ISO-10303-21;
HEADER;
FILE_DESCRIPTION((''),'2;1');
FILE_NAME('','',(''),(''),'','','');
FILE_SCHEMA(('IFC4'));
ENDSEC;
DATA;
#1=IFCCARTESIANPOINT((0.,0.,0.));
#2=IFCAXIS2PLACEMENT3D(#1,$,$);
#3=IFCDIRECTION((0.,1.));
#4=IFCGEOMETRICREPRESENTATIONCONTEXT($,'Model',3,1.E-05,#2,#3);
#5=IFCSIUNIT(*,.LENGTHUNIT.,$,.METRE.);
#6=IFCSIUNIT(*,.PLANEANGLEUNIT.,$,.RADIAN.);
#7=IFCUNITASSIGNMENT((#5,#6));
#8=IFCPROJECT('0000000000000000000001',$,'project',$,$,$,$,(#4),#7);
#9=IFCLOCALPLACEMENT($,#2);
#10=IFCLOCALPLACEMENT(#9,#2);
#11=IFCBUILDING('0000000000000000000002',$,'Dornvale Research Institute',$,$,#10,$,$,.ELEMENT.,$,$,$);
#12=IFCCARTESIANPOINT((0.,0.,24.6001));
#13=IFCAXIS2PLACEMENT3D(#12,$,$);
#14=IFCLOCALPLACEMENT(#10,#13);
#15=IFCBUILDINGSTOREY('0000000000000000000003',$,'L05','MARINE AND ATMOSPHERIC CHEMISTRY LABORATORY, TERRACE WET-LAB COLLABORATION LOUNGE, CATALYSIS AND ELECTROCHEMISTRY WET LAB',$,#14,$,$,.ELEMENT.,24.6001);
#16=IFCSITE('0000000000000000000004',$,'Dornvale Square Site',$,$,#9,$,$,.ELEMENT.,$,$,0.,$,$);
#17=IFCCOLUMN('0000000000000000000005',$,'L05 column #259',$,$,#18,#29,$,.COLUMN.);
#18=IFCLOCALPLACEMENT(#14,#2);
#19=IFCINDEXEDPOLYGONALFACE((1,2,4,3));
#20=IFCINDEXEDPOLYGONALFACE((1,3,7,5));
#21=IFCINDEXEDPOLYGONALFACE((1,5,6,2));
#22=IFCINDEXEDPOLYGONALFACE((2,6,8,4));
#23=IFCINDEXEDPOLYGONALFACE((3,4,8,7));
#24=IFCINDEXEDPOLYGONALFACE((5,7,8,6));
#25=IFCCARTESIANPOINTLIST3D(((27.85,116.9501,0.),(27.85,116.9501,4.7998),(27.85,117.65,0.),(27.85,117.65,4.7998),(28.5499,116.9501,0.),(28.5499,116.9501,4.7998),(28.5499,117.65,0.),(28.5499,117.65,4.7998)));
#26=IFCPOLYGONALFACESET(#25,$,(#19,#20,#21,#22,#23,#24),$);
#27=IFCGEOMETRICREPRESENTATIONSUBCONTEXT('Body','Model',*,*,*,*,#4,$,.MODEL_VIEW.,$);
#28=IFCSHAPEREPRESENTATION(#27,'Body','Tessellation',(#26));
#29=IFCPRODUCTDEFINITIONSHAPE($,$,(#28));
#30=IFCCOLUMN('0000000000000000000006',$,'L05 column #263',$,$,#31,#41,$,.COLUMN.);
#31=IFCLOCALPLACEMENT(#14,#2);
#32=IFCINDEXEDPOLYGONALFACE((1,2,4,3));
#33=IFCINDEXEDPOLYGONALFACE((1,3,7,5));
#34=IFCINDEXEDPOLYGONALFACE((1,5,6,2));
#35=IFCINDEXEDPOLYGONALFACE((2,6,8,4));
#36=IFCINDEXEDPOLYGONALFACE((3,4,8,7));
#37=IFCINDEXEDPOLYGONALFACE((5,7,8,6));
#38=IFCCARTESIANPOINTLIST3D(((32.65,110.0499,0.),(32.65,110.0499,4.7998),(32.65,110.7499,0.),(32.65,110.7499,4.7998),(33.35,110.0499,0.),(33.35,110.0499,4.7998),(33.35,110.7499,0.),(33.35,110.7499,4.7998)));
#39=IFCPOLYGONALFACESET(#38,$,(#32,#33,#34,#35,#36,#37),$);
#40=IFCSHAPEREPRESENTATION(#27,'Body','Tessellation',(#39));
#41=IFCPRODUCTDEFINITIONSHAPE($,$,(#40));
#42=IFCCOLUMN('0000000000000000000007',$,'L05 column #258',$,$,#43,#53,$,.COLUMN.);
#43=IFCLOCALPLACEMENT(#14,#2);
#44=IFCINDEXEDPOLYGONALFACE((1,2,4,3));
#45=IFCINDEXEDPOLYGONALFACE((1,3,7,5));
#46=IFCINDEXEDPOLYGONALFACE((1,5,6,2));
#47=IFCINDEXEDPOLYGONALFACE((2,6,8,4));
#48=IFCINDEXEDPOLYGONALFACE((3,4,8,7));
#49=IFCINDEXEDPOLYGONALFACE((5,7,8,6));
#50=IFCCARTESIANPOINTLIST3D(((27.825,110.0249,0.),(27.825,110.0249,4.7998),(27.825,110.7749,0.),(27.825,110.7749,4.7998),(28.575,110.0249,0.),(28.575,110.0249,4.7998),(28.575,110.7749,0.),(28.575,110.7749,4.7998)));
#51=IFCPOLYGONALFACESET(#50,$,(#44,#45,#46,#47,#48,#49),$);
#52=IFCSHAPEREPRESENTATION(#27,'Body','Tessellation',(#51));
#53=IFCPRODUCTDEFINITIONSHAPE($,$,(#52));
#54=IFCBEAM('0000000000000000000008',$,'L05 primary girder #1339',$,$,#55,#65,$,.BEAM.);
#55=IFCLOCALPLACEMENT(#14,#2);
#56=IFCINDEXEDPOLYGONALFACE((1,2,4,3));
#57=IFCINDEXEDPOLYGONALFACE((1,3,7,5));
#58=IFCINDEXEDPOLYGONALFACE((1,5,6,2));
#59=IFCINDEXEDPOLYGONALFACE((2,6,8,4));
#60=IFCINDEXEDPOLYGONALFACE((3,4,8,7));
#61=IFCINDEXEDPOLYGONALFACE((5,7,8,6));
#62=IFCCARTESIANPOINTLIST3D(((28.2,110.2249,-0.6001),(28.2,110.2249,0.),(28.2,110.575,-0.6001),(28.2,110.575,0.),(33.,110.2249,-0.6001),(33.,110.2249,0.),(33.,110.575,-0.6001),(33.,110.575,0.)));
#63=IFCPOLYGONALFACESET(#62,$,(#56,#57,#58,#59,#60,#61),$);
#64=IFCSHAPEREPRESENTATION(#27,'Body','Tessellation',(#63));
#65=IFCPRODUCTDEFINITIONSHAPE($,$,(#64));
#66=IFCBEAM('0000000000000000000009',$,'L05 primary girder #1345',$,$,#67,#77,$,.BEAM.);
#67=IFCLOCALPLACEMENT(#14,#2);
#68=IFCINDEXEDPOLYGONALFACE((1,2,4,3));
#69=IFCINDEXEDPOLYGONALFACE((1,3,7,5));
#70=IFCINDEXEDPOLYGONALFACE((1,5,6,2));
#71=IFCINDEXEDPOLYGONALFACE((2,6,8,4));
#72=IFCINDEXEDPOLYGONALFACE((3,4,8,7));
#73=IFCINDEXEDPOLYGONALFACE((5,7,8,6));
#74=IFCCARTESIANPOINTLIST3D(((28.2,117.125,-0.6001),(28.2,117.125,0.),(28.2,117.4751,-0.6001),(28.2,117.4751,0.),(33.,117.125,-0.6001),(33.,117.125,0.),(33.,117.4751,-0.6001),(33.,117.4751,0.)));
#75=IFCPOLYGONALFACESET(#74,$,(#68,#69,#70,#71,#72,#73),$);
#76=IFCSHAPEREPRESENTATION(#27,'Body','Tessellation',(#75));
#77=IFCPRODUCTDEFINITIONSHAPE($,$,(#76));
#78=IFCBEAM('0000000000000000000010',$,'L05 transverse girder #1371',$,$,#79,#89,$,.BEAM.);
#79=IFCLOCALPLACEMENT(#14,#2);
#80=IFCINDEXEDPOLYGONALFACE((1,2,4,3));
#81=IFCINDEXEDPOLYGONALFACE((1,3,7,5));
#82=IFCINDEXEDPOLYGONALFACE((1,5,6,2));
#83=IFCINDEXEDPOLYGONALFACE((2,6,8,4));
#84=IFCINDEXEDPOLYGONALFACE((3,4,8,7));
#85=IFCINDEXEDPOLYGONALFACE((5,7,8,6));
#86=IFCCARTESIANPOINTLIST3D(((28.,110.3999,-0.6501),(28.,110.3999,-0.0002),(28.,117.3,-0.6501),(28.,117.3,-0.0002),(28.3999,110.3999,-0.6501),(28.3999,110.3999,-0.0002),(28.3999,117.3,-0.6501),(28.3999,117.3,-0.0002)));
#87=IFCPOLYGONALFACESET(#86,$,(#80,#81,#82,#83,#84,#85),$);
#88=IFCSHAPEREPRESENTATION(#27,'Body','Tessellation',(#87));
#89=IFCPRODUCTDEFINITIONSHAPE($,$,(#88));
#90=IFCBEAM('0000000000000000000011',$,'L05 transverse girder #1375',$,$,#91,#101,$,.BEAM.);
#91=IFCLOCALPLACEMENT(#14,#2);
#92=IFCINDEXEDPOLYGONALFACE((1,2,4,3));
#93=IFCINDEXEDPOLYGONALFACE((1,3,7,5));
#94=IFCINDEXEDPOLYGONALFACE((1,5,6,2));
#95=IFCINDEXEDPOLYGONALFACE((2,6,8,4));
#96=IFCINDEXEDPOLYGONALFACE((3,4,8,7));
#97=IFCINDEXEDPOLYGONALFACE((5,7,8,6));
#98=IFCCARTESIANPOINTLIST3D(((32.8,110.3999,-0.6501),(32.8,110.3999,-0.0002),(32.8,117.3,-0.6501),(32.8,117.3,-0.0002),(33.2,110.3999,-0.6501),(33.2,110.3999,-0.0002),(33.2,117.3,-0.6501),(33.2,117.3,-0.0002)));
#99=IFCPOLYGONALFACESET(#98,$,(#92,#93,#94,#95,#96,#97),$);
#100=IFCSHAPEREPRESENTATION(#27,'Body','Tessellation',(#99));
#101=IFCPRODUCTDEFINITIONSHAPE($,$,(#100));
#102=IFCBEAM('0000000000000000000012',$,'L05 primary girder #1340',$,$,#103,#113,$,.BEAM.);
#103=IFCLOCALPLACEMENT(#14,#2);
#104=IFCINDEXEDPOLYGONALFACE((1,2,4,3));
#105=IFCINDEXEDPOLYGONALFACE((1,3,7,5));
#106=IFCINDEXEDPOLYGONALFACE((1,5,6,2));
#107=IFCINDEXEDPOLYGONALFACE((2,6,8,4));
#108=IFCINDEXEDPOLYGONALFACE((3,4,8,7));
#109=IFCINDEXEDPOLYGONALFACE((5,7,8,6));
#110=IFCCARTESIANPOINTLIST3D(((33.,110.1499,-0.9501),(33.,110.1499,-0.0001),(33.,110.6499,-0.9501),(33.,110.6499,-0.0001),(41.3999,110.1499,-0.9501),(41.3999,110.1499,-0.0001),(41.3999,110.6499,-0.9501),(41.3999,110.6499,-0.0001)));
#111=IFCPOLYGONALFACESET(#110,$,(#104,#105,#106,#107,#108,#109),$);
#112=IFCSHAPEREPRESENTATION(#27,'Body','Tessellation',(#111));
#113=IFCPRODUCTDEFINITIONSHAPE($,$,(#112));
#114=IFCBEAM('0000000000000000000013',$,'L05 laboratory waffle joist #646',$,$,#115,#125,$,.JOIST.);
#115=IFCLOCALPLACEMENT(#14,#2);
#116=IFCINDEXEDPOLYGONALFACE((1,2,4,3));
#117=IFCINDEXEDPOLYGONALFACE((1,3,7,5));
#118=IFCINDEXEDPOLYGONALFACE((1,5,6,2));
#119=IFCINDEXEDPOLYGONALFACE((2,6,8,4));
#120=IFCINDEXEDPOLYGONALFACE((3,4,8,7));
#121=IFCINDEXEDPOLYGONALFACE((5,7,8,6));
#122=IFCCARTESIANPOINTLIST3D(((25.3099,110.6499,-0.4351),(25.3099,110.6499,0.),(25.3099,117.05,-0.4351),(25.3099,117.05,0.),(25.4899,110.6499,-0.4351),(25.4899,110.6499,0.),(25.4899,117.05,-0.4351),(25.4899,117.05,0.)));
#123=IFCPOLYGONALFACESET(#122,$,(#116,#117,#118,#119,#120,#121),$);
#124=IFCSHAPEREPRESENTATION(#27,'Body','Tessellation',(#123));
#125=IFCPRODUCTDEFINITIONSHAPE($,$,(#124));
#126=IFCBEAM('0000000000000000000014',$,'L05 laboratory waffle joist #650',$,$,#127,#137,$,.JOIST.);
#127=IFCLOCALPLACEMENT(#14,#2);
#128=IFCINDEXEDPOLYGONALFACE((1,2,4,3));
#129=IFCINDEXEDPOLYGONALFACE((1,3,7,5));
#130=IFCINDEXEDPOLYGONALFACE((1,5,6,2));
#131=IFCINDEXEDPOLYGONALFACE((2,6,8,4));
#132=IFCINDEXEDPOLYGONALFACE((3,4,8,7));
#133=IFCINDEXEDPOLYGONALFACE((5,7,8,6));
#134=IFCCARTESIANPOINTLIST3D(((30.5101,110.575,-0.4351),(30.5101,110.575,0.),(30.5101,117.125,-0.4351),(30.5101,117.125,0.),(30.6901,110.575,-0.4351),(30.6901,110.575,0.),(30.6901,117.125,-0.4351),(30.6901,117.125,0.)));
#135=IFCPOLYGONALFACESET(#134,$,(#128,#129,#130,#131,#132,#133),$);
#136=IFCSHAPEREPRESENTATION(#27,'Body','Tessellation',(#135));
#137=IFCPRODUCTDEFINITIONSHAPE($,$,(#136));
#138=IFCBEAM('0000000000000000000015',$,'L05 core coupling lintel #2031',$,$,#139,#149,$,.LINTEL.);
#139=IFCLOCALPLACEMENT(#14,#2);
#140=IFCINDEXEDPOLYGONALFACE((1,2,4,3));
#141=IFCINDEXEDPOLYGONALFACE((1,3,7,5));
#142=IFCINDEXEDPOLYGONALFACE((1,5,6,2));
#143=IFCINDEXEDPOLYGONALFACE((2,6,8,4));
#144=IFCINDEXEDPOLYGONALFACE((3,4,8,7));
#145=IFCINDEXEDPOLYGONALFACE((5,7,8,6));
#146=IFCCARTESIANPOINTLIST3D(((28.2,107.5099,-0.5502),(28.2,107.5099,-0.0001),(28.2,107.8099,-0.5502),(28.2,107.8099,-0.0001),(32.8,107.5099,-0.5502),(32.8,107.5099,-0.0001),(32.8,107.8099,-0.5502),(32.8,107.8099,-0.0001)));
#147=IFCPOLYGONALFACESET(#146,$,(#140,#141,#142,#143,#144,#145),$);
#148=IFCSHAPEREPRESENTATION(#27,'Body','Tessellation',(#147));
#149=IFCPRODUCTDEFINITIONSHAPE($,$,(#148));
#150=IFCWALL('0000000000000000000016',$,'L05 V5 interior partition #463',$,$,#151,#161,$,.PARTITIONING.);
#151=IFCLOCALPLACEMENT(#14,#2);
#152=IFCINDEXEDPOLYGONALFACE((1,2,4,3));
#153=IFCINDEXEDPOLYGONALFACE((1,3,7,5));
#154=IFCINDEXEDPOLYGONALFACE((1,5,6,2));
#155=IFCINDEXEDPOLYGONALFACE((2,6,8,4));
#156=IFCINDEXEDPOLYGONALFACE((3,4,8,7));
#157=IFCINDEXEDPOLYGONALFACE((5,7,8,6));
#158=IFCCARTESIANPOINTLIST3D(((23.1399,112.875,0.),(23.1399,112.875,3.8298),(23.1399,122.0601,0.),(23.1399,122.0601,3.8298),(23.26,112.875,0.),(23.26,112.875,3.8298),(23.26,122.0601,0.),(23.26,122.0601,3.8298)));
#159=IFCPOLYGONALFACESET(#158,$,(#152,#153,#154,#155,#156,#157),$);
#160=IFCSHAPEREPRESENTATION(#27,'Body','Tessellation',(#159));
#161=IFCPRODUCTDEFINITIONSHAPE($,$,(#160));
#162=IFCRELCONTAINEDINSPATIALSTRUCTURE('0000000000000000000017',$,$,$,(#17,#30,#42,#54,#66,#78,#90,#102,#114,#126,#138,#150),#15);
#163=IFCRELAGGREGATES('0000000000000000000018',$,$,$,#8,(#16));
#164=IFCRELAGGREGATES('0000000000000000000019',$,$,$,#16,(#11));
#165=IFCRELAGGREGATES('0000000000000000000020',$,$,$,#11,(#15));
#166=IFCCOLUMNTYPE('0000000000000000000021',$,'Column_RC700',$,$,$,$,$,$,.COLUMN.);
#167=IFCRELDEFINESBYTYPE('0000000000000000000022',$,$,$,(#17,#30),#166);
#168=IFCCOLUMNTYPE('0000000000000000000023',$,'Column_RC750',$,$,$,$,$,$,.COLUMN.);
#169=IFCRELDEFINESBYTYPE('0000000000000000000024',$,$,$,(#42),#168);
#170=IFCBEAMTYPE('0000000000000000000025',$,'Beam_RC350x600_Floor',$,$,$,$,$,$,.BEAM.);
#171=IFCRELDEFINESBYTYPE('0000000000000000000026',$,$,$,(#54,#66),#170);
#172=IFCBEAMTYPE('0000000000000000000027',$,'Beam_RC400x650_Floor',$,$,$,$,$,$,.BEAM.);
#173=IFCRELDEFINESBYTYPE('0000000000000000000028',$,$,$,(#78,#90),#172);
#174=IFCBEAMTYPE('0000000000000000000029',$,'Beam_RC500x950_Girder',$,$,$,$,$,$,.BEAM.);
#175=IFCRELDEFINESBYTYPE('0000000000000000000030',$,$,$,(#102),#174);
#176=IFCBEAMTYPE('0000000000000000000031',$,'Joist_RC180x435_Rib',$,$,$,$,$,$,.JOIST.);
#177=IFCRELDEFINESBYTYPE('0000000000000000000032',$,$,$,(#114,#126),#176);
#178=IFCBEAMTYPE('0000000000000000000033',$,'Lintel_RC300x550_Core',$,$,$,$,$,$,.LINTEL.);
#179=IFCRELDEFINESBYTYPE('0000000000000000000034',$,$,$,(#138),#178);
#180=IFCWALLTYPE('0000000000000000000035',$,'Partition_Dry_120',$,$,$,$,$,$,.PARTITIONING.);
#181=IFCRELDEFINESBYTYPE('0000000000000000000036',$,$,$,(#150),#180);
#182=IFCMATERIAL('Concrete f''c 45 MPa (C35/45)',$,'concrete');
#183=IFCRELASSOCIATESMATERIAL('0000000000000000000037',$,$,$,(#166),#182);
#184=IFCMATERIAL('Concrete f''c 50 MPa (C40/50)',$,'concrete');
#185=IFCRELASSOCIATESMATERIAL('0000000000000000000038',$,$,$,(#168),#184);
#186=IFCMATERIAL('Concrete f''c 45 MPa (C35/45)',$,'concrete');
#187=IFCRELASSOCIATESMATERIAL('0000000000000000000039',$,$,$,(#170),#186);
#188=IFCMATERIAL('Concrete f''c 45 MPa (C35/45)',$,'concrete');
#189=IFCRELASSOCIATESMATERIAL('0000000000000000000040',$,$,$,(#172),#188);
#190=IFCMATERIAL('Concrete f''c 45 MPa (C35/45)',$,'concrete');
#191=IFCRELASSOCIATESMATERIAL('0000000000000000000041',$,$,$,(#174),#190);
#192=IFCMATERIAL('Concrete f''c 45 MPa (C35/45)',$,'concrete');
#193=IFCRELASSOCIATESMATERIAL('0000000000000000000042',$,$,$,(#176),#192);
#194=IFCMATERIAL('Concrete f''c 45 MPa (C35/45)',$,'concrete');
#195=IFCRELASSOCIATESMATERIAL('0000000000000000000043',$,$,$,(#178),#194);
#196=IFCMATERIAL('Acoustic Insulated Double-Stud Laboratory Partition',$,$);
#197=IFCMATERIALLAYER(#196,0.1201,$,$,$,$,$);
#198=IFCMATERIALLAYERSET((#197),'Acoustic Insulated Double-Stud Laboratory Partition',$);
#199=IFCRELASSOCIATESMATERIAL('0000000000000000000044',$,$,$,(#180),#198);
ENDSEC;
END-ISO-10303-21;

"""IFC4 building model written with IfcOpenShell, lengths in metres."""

from ifc_helpers import new_model, si_unit, direction, frame, frame_2d, origin, origin_2d, place, context, subcontext, project, spatial, rectangle, extrude, material, layer, layer_set, material_profile, profile_set, type_object, element, save


model = new_model("IFC4")

# Units and contexts
model_context = context("Model", 3, precision=1e-05, world=origin(), true_north=direction((0.0, 1.0)))
body_context = subcontext(model_context, "Body", "Model", "MODEL_VIEW")
ifc_project = project(units=[si_unit("LENGTHUNIT", "METRE"), si_unit("PLANEANGLEUNIT", "RADIAN")], contexts=[model_context])

# Site, building, storey
site_placement = place(None, origin())
site = spatial("IfcSite", under=ifc_project, at=site_placement, Name="Dornvale Square Site", CompositionType="ELEMENT", RefElevation=0.0)
building_placement = place(site_placement, origin())
building = spatial("IfcBuilding", under=site, at=building_placement, Name="Dornvale Research Institute", CompositionType="ELEMENT")
storey_placement = place(building_placement, frame((0.0, 0.0, 24.6001)))
storey = spatial("IfcBuildingStorey", under=building, at=storey_placement, Name="L05", Description="MARINE AND ATMOSPHERIC CHEMISTRY LABORATORY, TERRACE WET-LAB COLLABORATION LOUNGE, CATALYSIS AND ELECTROCHEMISTRY WET LAB", CompositionType="ELEMENT", Elevation=24.6001)

# Columns
ifc_material_1 = material(Name="Concrete f'c 45 MPa (C35/45)", Category="concrete")
ifc_material_profile_1 = material_profile(ifc_material_1, rectangle(XDim=0.7, YDim=0.7, at=origin_2d()), Name="RC 700x700")
ifc_profile_set_1 = profile_set([ifc_material_profile_1], Name="Concrete f'c 45 MPa (C35/45)")
column_type_1 = type_object("IfcColumnType", Name="Column_RC700", PredefinedType="COLUMN", material=ifc_profile_set_1)
for number, where, z_axis, x_axis, name in (
    (1, (28.2, 117.3, 0.0), (0.0, 0.0, 1.0), (1.0, 0.0, 0.0), "L05 column #259"),
    (2, (33.0, 110.3999, 0.0), (0.0, 0.0, 1.0), (1.0, 0.0, 0.0), "L05 column #263"),
):
    element("IfcColumn", number, at=place(storey_placement, frame(where, z_axis=z_axis, x_axis=x_axis)), inside=storey, type_object=column_type_1, Name=name, PredefinedType="COLUMN", context=body_context, shape_type="SweptSolid", body=[
        extrude(rectangle(XDim=0.7, YDim=0.7, at=origin_2d()), origin(), (0.0, 0.0, 1.0), 4.7998),
    ])
ifc_material_2 = material(Name="Concrete f'c 50 MPa (C40/50)", Category="concrete")
ifc_material_profile_2 = material_profile(ifc_material_2, rectangle(XDim=0.75, YDim=0.75, at=origin_2d()), Name="RC 750x750")
ifc_profile_set_2 = profile_set([ifc_material_profile_2], Name="Concrete f'c 50 MPa (C40/50)")
column_type_2 = type_object("IfcColumnType", Name="Column_RC750", PredefinedType="COLUMN", material=ifc_profile_set_2)
column_placement = place(storey_placement, frame((28.2, 110.3999, 0.0), z_axis=(0.0, 0.0, 1.0), x_axis=(1.0, 0.0, 0.0)))
element("IfcColumn", 3, at=column_placement, inside=storey, type_object=column_type_2, Name="L05 column #258", PredefinedType="COLUMN", context=body_context, shape_type="SweptSolid", body=[
    extrude(rectangle(XDim=0.75, YDim=0.75, at=origin_2d()), origin(), (0.0, 0.0, 1.0), 4.7998),
])

# Beams
ifc_material_3 = material(Name="Concrete f'c 45 MPa (C35/45)", Category="concrete")
ifc_material_profile_3 = material_profile(ifc_material_3, rectangle(XDim=0.3501, YDim=0.6001, at=origin_2d()), Name="RC 350x600")
ifc_profile_set_3 = profile_set([ifc_material_profile_3], Name="Concrete f'c 45 MPa (C35/45)")
beam_type_1 = type_object("IfcBeamType", Name="Beam_RC350x600_Floor", PredefinedType="BEAM", material=ifc_profile_set_3)
for number, where, z_axis, x_axis, name in (
    (4, (28.2, 110.3999, -0.3), (1.0, 0.0, 0.0), (0.0, 1.0, 0.0), "L05 primary girder #1339"),
    (5, (28.2, 117.3, -0.3), (1.0, 0.0, 0.0), (0.0, 1.0, 0.0), "L05 primary girder #1345"),
):
    element("IfcBeam", number, at=place(storey_placement, frame(where, z_axis=z_axis, x_axis=x_axis)), inside=storey, type_object=beam_type_1, Name=name, PredefinedType="BEAM", context=body_context, shape_type="SweptSolid", body=[
        extrude(rectangle(XDim=0.3501, YDim=0.6001, at=origin_2d()), origin(), (0.0, 0.0, 1.0), 4.8),
    ])
ifc_material_4 = material(Name="Concrete f'c 45 MPa (C35/45)", Category="concrete")
ifc_material_profile_4 = material_profile(ifc_material_4, rectangle(XDim=0.3999, YDim=0.6499, at=origin_2d()), Name="RC 400x650")
ifc_profile_set_4 = profile_set([ifc_material_profile_4], Name="Concrete f'c 45 MPa (C35/45)")
beam_type_2 = type_object("IfcBeamType", Name="Beam_RC400x650_Floor", PredefinedType="BEAM", material=ifc_profile_set_4)
for number, where, z_axis, x_axis, name in (
    (6, (28.2, 110.3999, -0.3252), (0.0, 1.0, 0.0), (-1.0, 0.0, 0.0), "L05 transverse girder #1371"),
    (7, (33.0, 110.3999, -0.3252), (0.0, 1.0, 0.0), (-1.0, 0.0, 0.0), "L05 transverse girder #1375"),
):
    element("IfcBeam", number, at=place(storey_placement, frame(where, z_axis=z_axis, x_axis=x_axis)), inside=storey, type_object=beam_type_2, Name=name, PredefinedType="BEAM", context=body_context, shape_type="SweptSolid", body=[
        extrude(rectangle(XDim=0.3999, YDim=0.6499, at=origin_2d()), origin(), (0.0, 0.0, 1.0), 6.9001),
    ])
ifc_material_5 = material(Name="Concrete f'c 45 MPa (C35/45)", Category="concrete")
ifc_material_profile_5 = material_profile(ifc_material_5, rectangle(XDim=0.5, YDim=0.95, at=origin_2d()), Name="RC 500x950")
ifc_profile_set_5 = profile_set([ifc_material_profile_5], Name="Concrete f'c 45 MPa (C35/45)")
beam_type_3 = type_object("IfcBeamType", Name="Beam_RC500x950_Girder", PredefinedType="BEAM", material=ifc_profile_set_5)
beam_1_placement = place(storey_placement, frame((33.0, 110.3999, -0.4751), z_axis=(1.0, 0.0, 0.0), x_axis=(0.0, 1.0, 0.0)))
element("IfcBeam", 8, at=beam_1_placement, inside=storey, type_object=beam_type_3, Name="L05 primary girder #1340", PredefinedType="BEAM", context=body_context, shape_type="SweptSolid", body=[
    extrude(rectangle(XDim=0.5, YDim=0.95, at=origin_2d()), origin(), (0.0, 0.0, 1.0), 8.3999),
])
ifc_material_6 = material(Name="Concrete f'c 45 MPa (C35/45)", Category="concrete")
ifc_material_profile_6 = material_profile(ifc_material_6, rectangle(XDim=0.1799, YDim=0.4351, at=origin_2d()), Name="RC 180x435")
ifc_profile_set_6 = profile_set([ifc_material_profile_6], Name="Concrete f'c 45 MPa (C35/45)")
beam_type_4 = type_object("IfcBeamType", Name="Joist_RC180x435_Rib", PredefinedType="JOIST", material=ifc_profile_set_6)
beam_2_placement = place(storey_placement, frame((25.3999, 110.6499, -0.2175), z_axis=(0.0, 1.0, 0.0), x_axis=(-1.0, 0.0, 0.0)))
element("IfcBeam", 9, at=beam_2_placement, inside=storey, type_object=beam_type_4, Name="L05 laboratory waffle joist #646", PredefinedType="JOIST", context=body_context, shape_type="SweptSolid", body=[
    extrude(rectangle(XDim=0.1799, YDim=0.4351, at=origin_2d()), origin(), (0.0, 0.0, 1.0), 6.4001),
])
beam_3_placement = place(storey_placement, frame((30.6001, 110.575, -0.2175), z_axis=(0.0, 1.0, 0.0), x_axis=(-1.0, 0.0, 0.0)))
element("IfcBeam", 10, at=beam_3_placement, inside=storey, type_object=beam_type_4, Name="L05 laboratory waffle joist #650", PredefinedType="JOIST", context=body_context, shape_type="SweptSolid", body=[
    extrude(rectangle(XDim=0.1799, YDim=0.4351, at=origin_2d()), origin(), (0.0, 0.0, 1.0), 6.55),
])
ifc_material_7 = material(Name="Concrete f'c 45 MPa (C35/45)", Category="concrete")
ifc_material_profile_7 = material_profile(ifc_material_7, rectangle(XDim=0.3, YDim=0.55, at=origin_2d()), Name="RC 300x550")
ifc_profile_set_7 = profile_set([ifc_material_profile_7], Name="Concrete f'c 45 MPa (C35/45)")
beam_type_5 = type_object("IfcBeamType", Name="Lintel_RC300x550_Core", PredefinedType="LINTEL", material=ifc_profile_set_7)
beam_4_placement = place(storey_placement, frame((28.2, 107.6599, -0.2751), z_axis=(1.0, 0.0, 0.0), x_axis=(0.0, 1.0, 0.0)))
element("IfcBeam", 11, at=beam_4_placement, inside=storey, type_object=beam_type_5, Name="L05 core coupling lintel #2031", PredefinedType="LINTEL", context=body_context, shape_type="SweptSolid", body=[
    extrude(rectangle(XDim=0.3, YDim=0.55, at=origin_2d()), origin(), (0.0, 0.0, 1.0), 4.6001),
])

# Wall
ifc_material_8 = material(Name="Acoustic Insulated Double-Stud Laboratory Partition")
ifc_layer_1 = layer(ifc_material_8, 0.1201)
ifc_layer_set_1 = layer_set([ifc_layer_1], Name="Acoustic Insulated Double-Stud Laboratory Partition")
wall_type_1 = type_object("IfcWallType", Name="Partition_Dry_120", PredefinedType="PARTITIONING", material=ifc_layer_set_1)
wall_1_placement = place(storey_placement, frame((23.2, 112.875, 0.0), z_axis=(0.0, 0.0, 1.0), x_axis=(0.0, 1.0, 0.0)))
element("IfcWall", 12, at=wall_1_placement, inside=storey, type_object=wall_type_1, Name="L05 V5 interior partition #463", PredefinedType="PARTITIONING", context=body_context, shape_type="SweptSolid", body=[
    extrude(rectangle(XDim=9.1851, YDim=0.1201, at=frame_2d((4.5925, 0.0))), origin(), (0.0, 0.0, 1.0), 3.8298),
])

save(model, "model.ifc")
